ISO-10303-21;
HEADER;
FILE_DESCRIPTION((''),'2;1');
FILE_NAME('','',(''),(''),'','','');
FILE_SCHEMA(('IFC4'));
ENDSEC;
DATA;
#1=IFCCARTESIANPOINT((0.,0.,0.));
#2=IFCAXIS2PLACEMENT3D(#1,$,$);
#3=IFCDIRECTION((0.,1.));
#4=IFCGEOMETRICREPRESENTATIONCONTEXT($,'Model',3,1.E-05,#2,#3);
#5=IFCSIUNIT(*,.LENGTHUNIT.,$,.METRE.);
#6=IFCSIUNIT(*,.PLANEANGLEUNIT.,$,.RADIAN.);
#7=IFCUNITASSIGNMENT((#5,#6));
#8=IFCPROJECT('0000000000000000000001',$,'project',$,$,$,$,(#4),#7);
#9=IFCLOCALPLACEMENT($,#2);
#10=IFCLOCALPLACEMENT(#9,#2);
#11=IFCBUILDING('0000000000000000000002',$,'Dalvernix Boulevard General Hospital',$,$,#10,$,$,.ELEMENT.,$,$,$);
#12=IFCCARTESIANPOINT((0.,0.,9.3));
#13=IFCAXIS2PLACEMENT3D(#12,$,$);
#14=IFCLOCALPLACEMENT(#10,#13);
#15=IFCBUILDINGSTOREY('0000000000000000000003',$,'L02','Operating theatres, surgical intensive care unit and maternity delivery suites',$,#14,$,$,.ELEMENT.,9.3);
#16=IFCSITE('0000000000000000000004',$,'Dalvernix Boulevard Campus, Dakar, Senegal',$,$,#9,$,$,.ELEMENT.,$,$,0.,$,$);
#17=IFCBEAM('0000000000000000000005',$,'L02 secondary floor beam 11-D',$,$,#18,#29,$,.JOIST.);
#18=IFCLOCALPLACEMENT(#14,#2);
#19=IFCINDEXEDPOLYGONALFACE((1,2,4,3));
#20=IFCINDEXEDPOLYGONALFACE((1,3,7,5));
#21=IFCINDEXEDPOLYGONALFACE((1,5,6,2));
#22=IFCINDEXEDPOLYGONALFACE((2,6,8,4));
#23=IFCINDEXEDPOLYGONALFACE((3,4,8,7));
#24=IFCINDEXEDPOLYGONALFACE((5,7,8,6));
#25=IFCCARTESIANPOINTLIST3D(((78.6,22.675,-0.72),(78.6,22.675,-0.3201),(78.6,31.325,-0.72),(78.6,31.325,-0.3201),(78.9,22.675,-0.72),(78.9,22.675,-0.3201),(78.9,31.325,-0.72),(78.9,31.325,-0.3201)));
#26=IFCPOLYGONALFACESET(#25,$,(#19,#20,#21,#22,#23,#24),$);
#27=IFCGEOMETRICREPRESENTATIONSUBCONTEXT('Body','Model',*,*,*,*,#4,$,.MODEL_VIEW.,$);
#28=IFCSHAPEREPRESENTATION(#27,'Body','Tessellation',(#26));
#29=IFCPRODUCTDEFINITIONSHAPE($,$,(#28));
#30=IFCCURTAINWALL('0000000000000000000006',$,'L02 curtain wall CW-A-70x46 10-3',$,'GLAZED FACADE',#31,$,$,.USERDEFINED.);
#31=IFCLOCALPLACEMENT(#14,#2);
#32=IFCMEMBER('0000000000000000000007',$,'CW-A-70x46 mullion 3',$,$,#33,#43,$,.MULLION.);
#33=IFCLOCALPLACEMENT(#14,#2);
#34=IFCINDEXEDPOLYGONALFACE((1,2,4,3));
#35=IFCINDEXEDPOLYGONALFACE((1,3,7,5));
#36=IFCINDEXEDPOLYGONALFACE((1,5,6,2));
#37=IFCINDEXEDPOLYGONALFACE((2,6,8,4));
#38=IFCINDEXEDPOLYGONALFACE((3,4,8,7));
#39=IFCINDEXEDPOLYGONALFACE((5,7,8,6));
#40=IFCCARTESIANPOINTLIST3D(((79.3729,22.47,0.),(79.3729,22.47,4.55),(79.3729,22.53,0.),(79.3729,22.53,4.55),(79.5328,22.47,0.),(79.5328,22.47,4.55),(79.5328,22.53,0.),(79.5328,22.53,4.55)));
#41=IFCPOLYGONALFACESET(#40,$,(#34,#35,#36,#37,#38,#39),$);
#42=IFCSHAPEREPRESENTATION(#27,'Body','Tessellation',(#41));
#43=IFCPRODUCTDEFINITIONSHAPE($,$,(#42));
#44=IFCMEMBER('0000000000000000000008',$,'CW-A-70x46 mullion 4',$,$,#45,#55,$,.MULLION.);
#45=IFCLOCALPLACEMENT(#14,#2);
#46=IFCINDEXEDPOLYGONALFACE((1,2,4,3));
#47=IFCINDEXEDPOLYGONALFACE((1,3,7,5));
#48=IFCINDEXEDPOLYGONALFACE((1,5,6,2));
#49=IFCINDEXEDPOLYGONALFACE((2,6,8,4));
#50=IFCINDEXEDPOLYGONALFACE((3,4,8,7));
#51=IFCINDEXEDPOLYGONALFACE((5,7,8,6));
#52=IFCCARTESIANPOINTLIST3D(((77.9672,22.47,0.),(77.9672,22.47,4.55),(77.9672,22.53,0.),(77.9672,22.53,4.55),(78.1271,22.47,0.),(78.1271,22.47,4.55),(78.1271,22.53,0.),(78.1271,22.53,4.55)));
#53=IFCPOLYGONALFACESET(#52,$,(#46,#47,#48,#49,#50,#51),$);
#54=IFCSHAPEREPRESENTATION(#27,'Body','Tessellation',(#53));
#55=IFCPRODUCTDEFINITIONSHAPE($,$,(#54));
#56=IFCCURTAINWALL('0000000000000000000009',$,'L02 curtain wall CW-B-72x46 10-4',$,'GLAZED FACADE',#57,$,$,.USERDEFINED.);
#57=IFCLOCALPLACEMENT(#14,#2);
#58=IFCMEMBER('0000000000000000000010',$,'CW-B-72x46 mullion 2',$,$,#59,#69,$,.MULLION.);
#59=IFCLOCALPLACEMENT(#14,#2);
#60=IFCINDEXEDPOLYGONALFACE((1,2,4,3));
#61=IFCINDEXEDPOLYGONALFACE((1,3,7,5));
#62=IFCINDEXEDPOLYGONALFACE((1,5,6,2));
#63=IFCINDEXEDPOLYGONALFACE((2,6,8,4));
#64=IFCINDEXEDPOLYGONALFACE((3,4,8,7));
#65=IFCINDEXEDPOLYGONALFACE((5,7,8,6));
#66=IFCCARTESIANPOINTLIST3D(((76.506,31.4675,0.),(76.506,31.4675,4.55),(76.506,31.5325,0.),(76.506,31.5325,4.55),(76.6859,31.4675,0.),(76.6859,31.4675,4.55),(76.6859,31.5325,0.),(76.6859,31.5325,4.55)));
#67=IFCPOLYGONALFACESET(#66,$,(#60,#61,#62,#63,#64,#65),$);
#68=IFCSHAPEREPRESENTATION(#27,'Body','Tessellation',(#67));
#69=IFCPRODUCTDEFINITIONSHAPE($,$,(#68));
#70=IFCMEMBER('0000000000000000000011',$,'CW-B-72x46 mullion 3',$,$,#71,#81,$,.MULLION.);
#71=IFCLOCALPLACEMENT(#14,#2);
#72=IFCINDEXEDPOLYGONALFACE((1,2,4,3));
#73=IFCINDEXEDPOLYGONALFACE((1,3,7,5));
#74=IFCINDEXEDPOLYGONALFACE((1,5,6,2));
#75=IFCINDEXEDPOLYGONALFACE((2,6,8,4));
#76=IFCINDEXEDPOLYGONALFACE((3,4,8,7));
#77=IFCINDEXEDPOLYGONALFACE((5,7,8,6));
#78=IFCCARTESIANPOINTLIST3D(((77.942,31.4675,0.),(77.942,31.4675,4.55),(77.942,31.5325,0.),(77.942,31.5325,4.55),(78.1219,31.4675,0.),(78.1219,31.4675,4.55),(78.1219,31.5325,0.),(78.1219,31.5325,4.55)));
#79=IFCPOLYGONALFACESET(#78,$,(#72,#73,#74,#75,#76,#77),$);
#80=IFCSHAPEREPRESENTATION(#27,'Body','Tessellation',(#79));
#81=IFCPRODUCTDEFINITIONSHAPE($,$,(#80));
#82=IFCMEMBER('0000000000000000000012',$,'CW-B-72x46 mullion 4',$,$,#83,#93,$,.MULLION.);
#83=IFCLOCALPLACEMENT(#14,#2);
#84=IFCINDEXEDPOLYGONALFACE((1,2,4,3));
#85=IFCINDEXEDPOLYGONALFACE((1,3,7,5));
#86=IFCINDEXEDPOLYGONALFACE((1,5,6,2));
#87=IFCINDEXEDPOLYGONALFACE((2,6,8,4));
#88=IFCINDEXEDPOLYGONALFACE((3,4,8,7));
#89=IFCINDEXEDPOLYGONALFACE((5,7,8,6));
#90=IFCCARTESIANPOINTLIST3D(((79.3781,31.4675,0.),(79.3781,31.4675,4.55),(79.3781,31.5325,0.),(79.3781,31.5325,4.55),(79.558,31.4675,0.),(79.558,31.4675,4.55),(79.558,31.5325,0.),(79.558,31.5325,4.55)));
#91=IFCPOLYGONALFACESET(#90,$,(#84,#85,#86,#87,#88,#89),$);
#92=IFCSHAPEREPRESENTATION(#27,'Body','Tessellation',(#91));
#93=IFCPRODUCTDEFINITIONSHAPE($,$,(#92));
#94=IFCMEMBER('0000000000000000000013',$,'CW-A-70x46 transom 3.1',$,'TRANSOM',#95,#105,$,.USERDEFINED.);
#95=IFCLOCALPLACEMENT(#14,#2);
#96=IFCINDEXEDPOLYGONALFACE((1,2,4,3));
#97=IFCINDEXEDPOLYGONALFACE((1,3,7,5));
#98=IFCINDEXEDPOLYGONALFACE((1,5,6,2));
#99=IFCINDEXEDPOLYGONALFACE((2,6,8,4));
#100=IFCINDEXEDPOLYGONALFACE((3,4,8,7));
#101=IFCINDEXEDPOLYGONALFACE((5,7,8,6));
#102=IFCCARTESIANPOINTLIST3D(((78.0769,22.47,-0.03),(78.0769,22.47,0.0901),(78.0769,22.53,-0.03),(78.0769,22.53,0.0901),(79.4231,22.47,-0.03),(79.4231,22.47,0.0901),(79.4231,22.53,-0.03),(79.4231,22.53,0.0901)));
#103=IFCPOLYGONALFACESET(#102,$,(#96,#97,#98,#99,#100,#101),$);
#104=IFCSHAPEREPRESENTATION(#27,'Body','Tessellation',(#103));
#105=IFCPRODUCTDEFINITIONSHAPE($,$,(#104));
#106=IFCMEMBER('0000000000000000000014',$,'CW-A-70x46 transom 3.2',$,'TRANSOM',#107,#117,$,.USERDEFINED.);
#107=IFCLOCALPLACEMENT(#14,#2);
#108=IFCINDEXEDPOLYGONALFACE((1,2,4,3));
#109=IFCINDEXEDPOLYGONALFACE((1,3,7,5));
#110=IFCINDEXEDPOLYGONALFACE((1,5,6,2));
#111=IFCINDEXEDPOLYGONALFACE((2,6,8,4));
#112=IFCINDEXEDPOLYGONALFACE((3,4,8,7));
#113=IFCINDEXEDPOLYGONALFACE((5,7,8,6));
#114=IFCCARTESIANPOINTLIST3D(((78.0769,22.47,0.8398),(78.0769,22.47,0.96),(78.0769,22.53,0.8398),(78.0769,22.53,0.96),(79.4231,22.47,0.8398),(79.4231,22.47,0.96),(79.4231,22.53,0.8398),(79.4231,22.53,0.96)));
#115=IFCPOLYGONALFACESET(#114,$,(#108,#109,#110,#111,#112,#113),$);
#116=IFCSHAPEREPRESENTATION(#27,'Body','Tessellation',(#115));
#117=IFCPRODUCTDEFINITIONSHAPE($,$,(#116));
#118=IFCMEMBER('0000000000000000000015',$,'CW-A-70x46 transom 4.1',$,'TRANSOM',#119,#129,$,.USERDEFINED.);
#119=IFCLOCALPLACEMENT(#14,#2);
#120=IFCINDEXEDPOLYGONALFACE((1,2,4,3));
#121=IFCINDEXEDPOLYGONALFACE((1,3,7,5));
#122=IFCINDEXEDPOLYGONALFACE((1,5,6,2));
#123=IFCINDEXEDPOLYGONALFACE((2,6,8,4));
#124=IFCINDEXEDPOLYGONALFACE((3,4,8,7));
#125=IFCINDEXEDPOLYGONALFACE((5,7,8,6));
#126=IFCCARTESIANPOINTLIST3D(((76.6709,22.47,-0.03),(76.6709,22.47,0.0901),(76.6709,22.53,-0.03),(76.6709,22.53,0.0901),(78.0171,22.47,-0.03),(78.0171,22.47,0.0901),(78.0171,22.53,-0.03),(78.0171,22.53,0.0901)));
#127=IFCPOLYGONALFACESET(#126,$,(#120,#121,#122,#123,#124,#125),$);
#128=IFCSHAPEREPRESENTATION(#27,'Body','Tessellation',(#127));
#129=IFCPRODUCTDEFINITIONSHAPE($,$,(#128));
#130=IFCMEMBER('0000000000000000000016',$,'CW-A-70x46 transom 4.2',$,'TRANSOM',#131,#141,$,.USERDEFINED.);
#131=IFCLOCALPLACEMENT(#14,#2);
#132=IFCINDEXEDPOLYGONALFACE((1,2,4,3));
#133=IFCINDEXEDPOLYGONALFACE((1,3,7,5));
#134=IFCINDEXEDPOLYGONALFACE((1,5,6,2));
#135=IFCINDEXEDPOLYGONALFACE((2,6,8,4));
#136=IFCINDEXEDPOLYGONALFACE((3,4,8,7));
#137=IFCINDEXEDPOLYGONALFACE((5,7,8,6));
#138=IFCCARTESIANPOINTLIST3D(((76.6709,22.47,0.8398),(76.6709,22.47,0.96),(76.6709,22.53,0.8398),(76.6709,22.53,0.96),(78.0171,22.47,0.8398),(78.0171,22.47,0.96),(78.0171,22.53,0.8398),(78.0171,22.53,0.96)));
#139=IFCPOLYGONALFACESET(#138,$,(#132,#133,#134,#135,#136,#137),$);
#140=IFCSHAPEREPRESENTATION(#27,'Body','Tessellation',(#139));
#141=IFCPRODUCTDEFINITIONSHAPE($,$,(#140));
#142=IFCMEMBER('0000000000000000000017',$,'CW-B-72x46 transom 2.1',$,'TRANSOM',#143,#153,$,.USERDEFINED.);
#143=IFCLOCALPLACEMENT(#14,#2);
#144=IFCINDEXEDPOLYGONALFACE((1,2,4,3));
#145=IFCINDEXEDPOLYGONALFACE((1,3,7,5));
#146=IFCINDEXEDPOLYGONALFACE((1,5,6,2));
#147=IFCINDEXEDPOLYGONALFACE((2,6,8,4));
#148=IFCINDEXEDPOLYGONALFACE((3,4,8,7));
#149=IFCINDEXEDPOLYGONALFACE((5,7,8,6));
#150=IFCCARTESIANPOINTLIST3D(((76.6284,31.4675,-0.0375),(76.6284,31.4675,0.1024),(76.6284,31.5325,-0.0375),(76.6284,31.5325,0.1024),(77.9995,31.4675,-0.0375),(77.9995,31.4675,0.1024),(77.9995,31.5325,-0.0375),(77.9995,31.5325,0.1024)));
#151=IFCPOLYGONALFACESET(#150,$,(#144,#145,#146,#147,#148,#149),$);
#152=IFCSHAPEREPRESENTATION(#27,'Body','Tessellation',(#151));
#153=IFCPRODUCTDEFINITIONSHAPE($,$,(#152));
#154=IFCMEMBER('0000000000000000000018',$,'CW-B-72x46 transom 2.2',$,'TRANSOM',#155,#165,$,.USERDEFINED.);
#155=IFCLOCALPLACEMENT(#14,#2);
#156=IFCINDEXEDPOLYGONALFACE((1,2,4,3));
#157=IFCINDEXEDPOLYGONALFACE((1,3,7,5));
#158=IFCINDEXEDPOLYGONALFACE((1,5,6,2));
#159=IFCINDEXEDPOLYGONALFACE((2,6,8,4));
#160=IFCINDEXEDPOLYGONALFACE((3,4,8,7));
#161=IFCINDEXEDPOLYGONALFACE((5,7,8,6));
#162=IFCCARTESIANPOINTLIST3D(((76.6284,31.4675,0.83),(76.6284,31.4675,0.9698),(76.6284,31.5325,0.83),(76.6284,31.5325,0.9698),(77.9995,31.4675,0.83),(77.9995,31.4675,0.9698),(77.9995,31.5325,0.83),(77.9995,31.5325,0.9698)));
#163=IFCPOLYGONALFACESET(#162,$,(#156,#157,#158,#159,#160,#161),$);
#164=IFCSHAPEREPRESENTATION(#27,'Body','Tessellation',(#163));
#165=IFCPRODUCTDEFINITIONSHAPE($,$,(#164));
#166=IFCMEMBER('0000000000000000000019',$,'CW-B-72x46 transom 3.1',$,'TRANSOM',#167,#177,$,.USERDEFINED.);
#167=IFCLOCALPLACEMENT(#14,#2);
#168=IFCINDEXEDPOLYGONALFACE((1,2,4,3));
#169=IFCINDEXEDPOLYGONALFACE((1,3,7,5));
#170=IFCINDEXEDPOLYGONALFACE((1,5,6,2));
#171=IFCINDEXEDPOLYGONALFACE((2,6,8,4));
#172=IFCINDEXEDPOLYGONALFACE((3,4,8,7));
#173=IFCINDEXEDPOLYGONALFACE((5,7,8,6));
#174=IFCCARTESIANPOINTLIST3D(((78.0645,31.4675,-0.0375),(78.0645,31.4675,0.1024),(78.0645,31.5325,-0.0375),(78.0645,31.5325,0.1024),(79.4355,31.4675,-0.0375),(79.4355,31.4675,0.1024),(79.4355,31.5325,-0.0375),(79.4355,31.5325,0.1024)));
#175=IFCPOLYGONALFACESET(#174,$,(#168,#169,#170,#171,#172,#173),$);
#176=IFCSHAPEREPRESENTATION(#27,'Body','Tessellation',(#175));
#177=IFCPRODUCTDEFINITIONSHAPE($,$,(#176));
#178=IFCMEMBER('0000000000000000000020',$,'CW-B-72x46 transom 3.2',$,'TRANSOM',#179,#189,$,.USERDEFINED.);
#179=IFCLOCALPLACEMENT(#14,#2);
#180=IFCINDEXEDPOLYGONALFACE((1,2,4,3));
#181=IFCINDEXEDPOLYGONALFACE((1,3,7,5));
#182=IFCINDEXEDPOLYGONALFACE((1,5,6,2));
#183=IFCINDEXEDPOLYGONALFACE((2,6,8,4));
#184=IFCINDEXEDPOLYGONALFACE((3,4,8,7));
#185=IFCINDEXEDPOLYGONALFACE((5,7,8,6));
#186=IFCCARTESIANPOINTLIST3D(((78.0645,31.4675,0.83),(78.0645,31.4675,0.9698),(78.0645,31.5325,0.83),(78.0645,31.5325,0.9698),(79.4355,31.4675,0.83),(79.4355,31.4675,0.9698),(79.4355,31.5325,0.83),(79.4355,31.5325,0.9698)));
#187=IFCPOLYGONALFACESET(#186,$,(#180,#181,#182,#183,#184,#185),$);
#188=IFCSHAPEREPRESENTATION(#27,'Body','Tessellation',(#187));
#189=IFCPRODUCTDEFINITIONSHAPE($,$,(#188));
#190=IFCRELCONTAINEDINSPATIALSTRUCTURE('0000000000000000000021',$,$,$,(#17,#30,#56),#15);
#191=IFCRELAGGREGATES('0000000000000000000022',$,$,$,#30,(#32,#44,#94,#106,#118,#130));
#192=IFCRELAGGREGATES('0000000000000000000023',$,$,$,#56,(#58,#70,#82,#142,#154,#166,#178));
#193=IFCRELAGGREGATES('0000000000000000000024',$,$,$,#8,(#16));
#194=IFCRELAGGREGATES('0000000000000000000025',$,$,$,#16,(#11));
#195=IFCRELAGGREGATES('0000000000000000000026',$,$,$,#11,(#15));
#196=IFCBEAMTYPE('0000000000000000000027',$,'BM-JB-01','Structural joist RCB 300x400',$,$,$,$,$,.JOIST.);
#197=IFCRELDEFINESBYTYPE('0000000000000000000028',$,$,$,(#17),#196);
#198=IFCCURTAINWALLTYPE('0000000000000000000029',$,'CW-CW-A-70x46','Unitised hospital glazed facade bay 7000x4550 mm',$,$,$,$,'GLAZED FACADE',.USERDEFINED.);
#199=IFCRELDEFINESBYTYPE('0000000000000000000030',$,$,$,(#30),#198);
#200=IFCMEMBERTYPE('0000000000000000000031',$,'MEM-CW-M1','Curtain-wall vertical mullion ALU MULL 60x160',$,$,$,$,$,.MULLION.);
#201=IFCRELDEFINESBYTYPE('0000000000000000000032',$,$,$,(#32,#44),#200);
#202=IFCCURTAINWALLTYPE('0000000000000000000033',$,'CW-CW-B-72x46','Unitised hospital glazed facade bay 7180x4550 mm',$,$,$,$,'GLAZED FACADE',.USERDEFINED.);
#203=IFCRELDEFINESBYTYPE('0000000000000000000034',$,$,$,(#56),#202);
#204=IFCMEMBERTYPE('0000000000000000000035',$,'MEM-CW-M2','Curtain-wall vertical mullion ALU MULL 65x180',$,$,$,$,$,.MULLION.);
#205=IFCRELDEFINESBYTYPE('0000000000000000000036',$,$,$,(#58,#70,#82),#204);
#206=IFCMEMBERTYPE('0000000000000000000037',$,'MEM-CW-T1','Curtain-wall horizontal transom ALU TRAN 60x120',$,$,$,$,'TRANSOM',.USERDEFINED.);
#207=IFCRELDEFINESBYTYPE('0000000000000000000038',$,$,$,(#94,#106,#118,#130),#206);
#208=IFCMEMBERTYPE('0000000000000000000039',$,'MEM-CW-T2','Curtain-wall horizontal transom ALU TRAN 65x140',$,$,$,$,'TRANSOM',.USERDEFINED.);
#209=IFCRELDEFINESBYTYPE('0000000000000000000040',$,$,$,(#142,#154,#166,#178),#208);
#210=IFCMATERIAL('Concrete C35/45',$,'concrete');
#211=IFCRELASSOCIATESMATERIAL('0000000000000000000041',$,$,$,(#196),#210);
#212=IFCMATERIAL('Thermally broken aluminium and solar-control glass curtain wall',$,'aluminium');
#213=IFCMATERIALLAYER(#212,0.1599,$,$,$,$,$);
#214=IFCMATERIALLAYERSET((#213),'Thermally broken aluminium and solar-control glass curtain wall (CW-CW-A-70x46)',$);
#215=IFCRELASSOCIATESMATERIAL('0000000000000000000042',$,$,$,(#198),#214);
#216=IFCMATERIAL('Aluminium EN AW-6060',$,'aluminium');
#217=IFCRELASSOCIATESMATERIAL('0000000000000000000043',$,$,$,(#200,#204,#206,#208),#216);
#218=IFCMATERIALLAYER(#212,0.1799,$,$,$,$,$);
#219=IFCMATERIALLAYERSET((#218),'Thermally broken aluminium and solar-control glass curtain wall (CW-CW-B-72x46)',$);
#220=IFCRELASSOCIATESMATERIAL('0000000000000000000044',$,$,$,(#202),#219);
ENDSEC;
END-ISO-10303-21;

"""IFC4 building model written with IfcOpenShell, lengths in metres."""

from ifc_helpers import new_model, si_unit, direction, frame, origin, origin_2d, place, context, subcontext, project, spatial, rectangle, extrude, material, layer, layer_set, material_profile, profile_set, type_object, element, aggregate, save


model = new_model("IFC4")

# Units and contexts
model_context = context("Model", 3, precision=1e-05, world=origin(), true_north=direction((0.0, 1.0)))
body_context = subcontext(model_context, "Body", "Model", "MODEL_VIEW")
ifc_project = project(units=[si_unit("LENGTHUNIT", "METRE"), si_unit("PLANEANGLEUNIT", "RADIAN")], contexts=[model_context])

# Site, building, storey
site_placement = place(None, origin())
site = spatial("IfcSite", under=ifc_project, at=site_placement, Name="Dalvernix Boulevard Campus, Dakar, Senegal", CompositionType="ELEMENT", RefElevation=0.0)
building_placement = place(site_placement, origin())
building = spatial("IfcBuilding", under=site, at=building_placement, Name="Dalvernix Boulevard General Hospital", CompositionType="ELEMENT")
storey_placement = place(building_placement, frame((0.0, 0.0, 9.3)))
storey = spatial("IfcBuildingStorey", under=building, at=storey_placement, Name="L02", Description="Operating theatres, surgical intensive care unit and maternity delivery suites", CompositionType="ELEMENT", Elevation=9.3)

# Beam
ifc_material_1 = material(Name="Concrete C35/45", Category="concrete")
ifc_material_profile_1 = material_profile(ifc_material_1, rectangle(XDim=0.3, YDim=0.3999, at=origin_2d()), Name="RCB 300x400")
ifc_profile_set_1 = profile_set([ifc_material_profile_1], Name="Concrete C35/45")
beam_type = type_object("IfcBeamType", Name="BM-JB-01", Description="Structural joist RCB 300x400", PredefinedType="JOIST", material=ifc_profile_set_1)
beam_placement = place(storey_placement, frame((78.75, 22.675, -0.52), z_axis=(0.0, 1.0, 0.0), x_axis=(-1.0, 0.0, 0.0)))
element("IfcBeam", 1, at=beam_placement, inside=storey, type_object=beam_type, Name="L02 secondary floor beam 11-D", PredefinedType="JOIST", context=body_context, shape_type="SweptSolid", body=[
    extrude(rectangle(XDim=0.3, YDim=0.3999, at=origin_2d()), origin(), (0.0, 0.0, 1.0), 8.6499),
])

# Curtain walls, members
ifc_material_2 = material(Name="Thermally broken aluminium and solar-control glass curtain wall", Category="aluminium")
ifc_layer_1 = layer(ifc_material_2, 0.1599)
ifc_layer_set_1 = layer_set([ifc_layer_1], Name="Thermally broken aluminium and solar-control glass curtain wall (CW-CW-A-70x46)")
curtain_wall_type_1 = type_object("IfcCurtainWallType", Name="CW-CW-A-70x46", Description="Unitised hospital glazed facade bay 7000x4550 mm", ElementType="GLAZED FACADE", PredefinedType="USERDEFINED", material=ifc_layer_set_1)
curtain_wall_1_placement = place(storey_placement, origin())
curtain_wall_1 = element("IfcCurtainWall", 2, at=curtain_wall_1_placement, inside=storey, type_object=curtain_wall_type_1, Name="L02 curtain wall CW-A-70x46 10-3", ObjectType="GLAZED FACADE", PredefinedType="USERDEFINED")
ifc_material_3 = material(Name="Aluminium EN AW-6060", Category="aluminium")
ifc_material_profile_2 = material_profile(ifc_material_3, rectangle(XDim=0.0601, YDim=0.1599, at=origin_2d()), Name="ALU MULL 60x160")
ifc_profile_set_2 = profile_set([ifc_material_profile_2], Name="Aluminium EN AW-6060")
member_type_1 = type_object("IfcMemberType", Name="MEM-CW-M1", Description="Curtain-wall vertical mullion ALU MULL 60x160", PredefinedType="MULLION", material=ifc_profile_set_2)
member_1_placement = place(storey_placement, frame((79.4529, 22.5, 0.0), z_axis=(0.0, 0.0, 1.0), x_axis=(0.0, -1.0, 0.0)))
member_1 = element("IfcMember", 3, at=member_1_placement, type_object=member_type_1, Name="CW-A-70x46 mullion 3", PredefinedType="MULLION", context=body_context, shape_type="SweptSolid", body=[
    extrude(rectangle(XDim=0.0601, YDim=0.1599, at=origin_2d()), origin(), (0.0, 0.0, 1.0), 4.55),
])
member_2_placement = place(storey_placement, frame((78.0471, 22.5, 0.0), z_axis=(0.0, 0.0, 1.0), x_axis=(0.0, -1.0, 0.0)))
member_2 = element("IfcMember", 4, at=member_2_placement, type_object=member_type_1, Name="CW-A-70x46 mullion 4", PredefinedType="MULLION", context=body_context, shape_type="SweptSolid", body=[
    extrude(rectangle(XDim=0.0601, YDim=0.1599, at=origin_2d()), origin(), (0.0, 0.0, 1.0), 4.55),
])
ifc_layer_2 = layer(ifc_material_2, 0.1799)
ifc_layer_set_2 = layer_set([ifc_layer_2], Name="Thermally broken aluminium and solar-control glass curtain wall (CW-CW-B-72x46)")
curtain_wall_type_2 = type_object("IfcCurtainWallType", Name="CW-CW-B-72x46", Description="Unitised hospital glazed facade bay 7180x4550 mm", ElementType="GLAZED FACADE", PredefinedType="USERDEFINED", material=ifc_layer_set_2)
curtain_wall_2_placement = place(storey_placement, origin())
curtain_wall_2 = element("IfcCurtainWall", 5, at=curtain_wall_2_placement, inside=storey, type_object=curtain_wall_type_2, Name="L02 curtain wall CW-B-72x46 10-4", ObjectType="GLAZED FACADE", PredefinedType="USERDEFINED")
ifc_material_profile_3 = material_profile(ifc_material_3, rectangle(XDim=0.0649, YDim=0.1799, at=origin_2d()), Name="ALU MULL 65x180")
ifc_profile_set_3 = profile_set([ifc_material_profile_3], Name="Aluminium EN AW-6060")
member_type_2 = type_object("IfcMemberType", Name="MEM-CW-M2", Description="Curtain-wall vertical mullion ALU MULL 65x180", PredefinedType="MULLION", material=ifc_profile_set_3)
member_3_placement = place(storey_placement, frame((76.5959, 31.5, 0.0), z_axis=(0.0, 0.0, 1.0), x_axis=(0.0, 1.0, 0.0)))
member_3 = element("IfcMember", 6, at=member_3_placement, type_object=member_type_2, Name="CW-B-72x46 mullion 2", PredefinedType="MULLION", context=body_context, shape_type="SweptSolid", body=[
    extrude(rectangle(XDim=0.0649, YDim=0.1799, at=origin_2d()), origin(), (0.0, 0.0, 1.0), 4.55),
])
member_4_placement = place(storey_placement, frame((78.032, 31.5, 0.0), z_axis=(0.0, 0.0, 1.0), x_axis=(0.0, 1.0, 0.0)))
member_4 = element("IfcMember", 7, at=member_4_placement, type_object=member_type_2, Name="CW-B-72x46 mullion 3", PredefinedType="MULLION", context=body_context, shape_type="SweptSolid", body=[
    extrude(rectangle(XDim=0.0649, YDim=0.1799, at=origin_2d()), origin(), (0.0, 0.0, 1.0), 4.55),
])
member_5_placement = place(storey_placement, frame((79.468, 31.5, 0.0), z_axis=(0.0, 0.0, 1.0), x_axis=(0.0, 1.0, 0.0)))
member_5 = element("IfcMember", 8, at=member_5_placement, type_object=member_type_2, Name="CW-B-72x46 mullion 4", PredefinedType="MULLION", context=body_context, shape_type="SweptSolid", body=[
    extrude(rectangle(XDim=0.0649, YDim=0.1799, at=origin_2d()), origin(), (0.0, 0.0, 1.0), 4.55),
])

# Members
ifc_material_profile_4 = material_profile(ifc_material_3, rectangle(XDim=0.0601, YDim=0.1201, at=origin_2d()), Name="ALU TRAN 60x120")
ifc_profile_set_4 = profile_set([ifc_material_profile_4], Name="Aluminium EN AW-6060")
member_type_3 = type_object("IfcMemberType", Name="MEM-CW-T1", Description="Curtain-wall horizontal transom ALU TRAN 60x120", ElementType="TRANSOM", PredefinedType="USERDEFINED", material=ifc_profile_set_4)
member_6_placement = place(storey_placement, frame((79.4231, 22.5, 0.03), z_axis=(-1.0, 0.0, 0.0), x_axis=(0.0, -1.0, 0.0)))
member_6 = element("IfcMember", 9, at=member_6_placement, type_object=member_type_3, Name="CW-A-70x46 transom 3.1", ObjectType="TRANSOM", PredefinedType="USERDEFINED", context=body_context, shape_type="SweptSolid", body=[
    extrude(rectangle(XDim=0.0601, YDim=0.1201, at=origin_2d()), origin(), (0.0, 0.0, 1.0), 1.3462),
])
member_7_placement = place(storey_placement, frame((79.4231, 22.5, 0.8999), z_axis=(-1.0, 0.0, 0.0), x_axis=(0.0, -1.0, 0.0)))
member_7 = element("IfcMember", 10, at=member_7_placement, type_object=member_type_3, Name="CW-A-70x46 transom 3.2", ObjectType="TRANSOM", PredefinedType="USERDEFINED", context=body_context, shape_type="SweptSolid", body=[
    extrude(rectangle(XDim=0.0601, YDim=0.1201, at=origin_2d()), origin(), (0.0, 0.0, 1.0), 1.3462),
])
member_8_placement = place(storey_placement, frame((78.0171, 22.5, 0.03), z_axis=(-1.0, 0.0, 0.0), x_axis=(0.0, -1.0, 0.0)))
member_8 = element("IfcMember", 11, at=member_8_placement, type_object=member_type_3, Name="CW-A-70x46 transom 4.1", ObjectType="TRANSOM", PredefinedType="USERDEFINED", context=body_context, shape_type="SweptSolid", body=[
    extrude(rectangle(XDim=0.0601, YDim=0.1201, at=origin_2d()), origin(), (0.0, 0.0, 1.0), 1.3462),
])
member_9_placement = place(storey_placement, frame((78.0171, 22.5, 0.8999), z_axis=(-1.0, 0.0, 0.0), x_axis=(0.0, -1.0, 0.0)))
member_9 = element("IfcMember", 12, at=member_9_placement, type_object=member_type_3, Name="CW-A-70x46 transom 4.2", ObjectType="TRANSOM", PredefinedType="USERDEFINED", context=body_context, shape_type="SweptSolid", body=[
    extrude(rectangle(XDim=0.0601, YDim=0.1201, at=origin_2d()), origin(), (0.0, 0.0, 1.0), 1.3462),
])
ifc_material_profile_5 = material_profile(ifc_material_3, rectangle(XDim=0.0649, YDim=0.1399, at=origin_2d()), Name="ALU TRAN 65x140")
ifc_profile_set_5 = profile_set([ifc_material_profile_5], Name="Aluminium EN AW-6060")
member_type_4 = type_object("IfcMemberType", Name="MEM-CW-T2", Description="Curtain-wall horizontal transom ALU TRAN 65x140", ElementType="TRANSOM", PredefinedType="USERDEFINED", material=ifc_profile_set_5)
member_10_placement = place(storey_placement, frame((76.6284, 31.5, 0.0325), z_axis=(1.0, 0.0, 0.0), x_axis=(0.0, 1.0, 0.0)))
member_10 = element("IfcMember", 13, at=member_10_placement, type_object=member_type_4, Name="CW-B-72x46 transom 2.1", ObjectType="TRANSOM", PredefinedType="USERDEFINED", context=body_context, shape_type="SweptSolid", body=[
    extrude(rectangle(XDim=0.0649, YDim=0.1399, at=origin_2d()), origin(), (0.0, 0.0, 1.0), 1.3711),
])
member_11_placement = place(storey_placement, frame((76.6284, 31.5, 0.8999), z_axis=(1.0, 0.0, 0.0), x_axis=(0.0, 1.0, 0.0)))
member_11 = element("IfcMember", 14, at=member_11_placement, type_object=member_type_4, Name="CW-B-72x46 transom 2.2", ObjectType="TRANSOM", PredefinedType="USERDEFINED", context=body_context, shape_type="SweptSolid", body=[
    extrude(rectangle(XDim=0.0649, YDim=0.1399, at=origin_2d()), origin(), (0.0, 0.0, 1.0), 1.3711),
])
member_12_placement = place(storey_placement, frame((78.0645, 31.5, 0.0325), z_axis=(1.0, 0.0, 0.0), x_axis=(0.0, 1.0, 0.0)))
member_12 = element("IfcMember", 15, at=member_12_placement, type_object=member_type_4, Name="CW-B-72x46 transom 3.1", ObjectType="TRANSOM", PredefinedType="USERDEFINED", context=body_context, shape_type="SweptSolid", body=[
    extrude(rectangle(XDim=0.0649, YDim=0.1399, at=origin_2d()), origin(), (0.0, 0.0, 1.0), 1.3711),
])
member_13_placement = place(storey_placement, frame((78.0645, 31.5, 0.8999), z_axis=(1.0, 0.0, 0.0), x_axis=(0.0, 1.0, 0.0)))
member_13 = element("IfcMember", 16, at=member_13_placement, type_object=member_type_4, Name="CW-B-72x46 transom 3.2", ObjectType="TRANSOM", PredefinedType="USERDEFINED", context=body_context, shape_type="SweptSolid", body=[
    extrude(rectangle(XDim=0.0649, YDim=0.1399, at=origin_2d()), origin(), (0.0, 0.0, 1.0), 1.3711),
])

aggregate(curtain_wall_1, [member_1, member_2, member_6, member_7, member_8, member_9])
aggregate(curtain_wall_2, [member_3, member_4, member_5, member_10, member_11, member_12, member_13])

save(model, "model.ifc")
